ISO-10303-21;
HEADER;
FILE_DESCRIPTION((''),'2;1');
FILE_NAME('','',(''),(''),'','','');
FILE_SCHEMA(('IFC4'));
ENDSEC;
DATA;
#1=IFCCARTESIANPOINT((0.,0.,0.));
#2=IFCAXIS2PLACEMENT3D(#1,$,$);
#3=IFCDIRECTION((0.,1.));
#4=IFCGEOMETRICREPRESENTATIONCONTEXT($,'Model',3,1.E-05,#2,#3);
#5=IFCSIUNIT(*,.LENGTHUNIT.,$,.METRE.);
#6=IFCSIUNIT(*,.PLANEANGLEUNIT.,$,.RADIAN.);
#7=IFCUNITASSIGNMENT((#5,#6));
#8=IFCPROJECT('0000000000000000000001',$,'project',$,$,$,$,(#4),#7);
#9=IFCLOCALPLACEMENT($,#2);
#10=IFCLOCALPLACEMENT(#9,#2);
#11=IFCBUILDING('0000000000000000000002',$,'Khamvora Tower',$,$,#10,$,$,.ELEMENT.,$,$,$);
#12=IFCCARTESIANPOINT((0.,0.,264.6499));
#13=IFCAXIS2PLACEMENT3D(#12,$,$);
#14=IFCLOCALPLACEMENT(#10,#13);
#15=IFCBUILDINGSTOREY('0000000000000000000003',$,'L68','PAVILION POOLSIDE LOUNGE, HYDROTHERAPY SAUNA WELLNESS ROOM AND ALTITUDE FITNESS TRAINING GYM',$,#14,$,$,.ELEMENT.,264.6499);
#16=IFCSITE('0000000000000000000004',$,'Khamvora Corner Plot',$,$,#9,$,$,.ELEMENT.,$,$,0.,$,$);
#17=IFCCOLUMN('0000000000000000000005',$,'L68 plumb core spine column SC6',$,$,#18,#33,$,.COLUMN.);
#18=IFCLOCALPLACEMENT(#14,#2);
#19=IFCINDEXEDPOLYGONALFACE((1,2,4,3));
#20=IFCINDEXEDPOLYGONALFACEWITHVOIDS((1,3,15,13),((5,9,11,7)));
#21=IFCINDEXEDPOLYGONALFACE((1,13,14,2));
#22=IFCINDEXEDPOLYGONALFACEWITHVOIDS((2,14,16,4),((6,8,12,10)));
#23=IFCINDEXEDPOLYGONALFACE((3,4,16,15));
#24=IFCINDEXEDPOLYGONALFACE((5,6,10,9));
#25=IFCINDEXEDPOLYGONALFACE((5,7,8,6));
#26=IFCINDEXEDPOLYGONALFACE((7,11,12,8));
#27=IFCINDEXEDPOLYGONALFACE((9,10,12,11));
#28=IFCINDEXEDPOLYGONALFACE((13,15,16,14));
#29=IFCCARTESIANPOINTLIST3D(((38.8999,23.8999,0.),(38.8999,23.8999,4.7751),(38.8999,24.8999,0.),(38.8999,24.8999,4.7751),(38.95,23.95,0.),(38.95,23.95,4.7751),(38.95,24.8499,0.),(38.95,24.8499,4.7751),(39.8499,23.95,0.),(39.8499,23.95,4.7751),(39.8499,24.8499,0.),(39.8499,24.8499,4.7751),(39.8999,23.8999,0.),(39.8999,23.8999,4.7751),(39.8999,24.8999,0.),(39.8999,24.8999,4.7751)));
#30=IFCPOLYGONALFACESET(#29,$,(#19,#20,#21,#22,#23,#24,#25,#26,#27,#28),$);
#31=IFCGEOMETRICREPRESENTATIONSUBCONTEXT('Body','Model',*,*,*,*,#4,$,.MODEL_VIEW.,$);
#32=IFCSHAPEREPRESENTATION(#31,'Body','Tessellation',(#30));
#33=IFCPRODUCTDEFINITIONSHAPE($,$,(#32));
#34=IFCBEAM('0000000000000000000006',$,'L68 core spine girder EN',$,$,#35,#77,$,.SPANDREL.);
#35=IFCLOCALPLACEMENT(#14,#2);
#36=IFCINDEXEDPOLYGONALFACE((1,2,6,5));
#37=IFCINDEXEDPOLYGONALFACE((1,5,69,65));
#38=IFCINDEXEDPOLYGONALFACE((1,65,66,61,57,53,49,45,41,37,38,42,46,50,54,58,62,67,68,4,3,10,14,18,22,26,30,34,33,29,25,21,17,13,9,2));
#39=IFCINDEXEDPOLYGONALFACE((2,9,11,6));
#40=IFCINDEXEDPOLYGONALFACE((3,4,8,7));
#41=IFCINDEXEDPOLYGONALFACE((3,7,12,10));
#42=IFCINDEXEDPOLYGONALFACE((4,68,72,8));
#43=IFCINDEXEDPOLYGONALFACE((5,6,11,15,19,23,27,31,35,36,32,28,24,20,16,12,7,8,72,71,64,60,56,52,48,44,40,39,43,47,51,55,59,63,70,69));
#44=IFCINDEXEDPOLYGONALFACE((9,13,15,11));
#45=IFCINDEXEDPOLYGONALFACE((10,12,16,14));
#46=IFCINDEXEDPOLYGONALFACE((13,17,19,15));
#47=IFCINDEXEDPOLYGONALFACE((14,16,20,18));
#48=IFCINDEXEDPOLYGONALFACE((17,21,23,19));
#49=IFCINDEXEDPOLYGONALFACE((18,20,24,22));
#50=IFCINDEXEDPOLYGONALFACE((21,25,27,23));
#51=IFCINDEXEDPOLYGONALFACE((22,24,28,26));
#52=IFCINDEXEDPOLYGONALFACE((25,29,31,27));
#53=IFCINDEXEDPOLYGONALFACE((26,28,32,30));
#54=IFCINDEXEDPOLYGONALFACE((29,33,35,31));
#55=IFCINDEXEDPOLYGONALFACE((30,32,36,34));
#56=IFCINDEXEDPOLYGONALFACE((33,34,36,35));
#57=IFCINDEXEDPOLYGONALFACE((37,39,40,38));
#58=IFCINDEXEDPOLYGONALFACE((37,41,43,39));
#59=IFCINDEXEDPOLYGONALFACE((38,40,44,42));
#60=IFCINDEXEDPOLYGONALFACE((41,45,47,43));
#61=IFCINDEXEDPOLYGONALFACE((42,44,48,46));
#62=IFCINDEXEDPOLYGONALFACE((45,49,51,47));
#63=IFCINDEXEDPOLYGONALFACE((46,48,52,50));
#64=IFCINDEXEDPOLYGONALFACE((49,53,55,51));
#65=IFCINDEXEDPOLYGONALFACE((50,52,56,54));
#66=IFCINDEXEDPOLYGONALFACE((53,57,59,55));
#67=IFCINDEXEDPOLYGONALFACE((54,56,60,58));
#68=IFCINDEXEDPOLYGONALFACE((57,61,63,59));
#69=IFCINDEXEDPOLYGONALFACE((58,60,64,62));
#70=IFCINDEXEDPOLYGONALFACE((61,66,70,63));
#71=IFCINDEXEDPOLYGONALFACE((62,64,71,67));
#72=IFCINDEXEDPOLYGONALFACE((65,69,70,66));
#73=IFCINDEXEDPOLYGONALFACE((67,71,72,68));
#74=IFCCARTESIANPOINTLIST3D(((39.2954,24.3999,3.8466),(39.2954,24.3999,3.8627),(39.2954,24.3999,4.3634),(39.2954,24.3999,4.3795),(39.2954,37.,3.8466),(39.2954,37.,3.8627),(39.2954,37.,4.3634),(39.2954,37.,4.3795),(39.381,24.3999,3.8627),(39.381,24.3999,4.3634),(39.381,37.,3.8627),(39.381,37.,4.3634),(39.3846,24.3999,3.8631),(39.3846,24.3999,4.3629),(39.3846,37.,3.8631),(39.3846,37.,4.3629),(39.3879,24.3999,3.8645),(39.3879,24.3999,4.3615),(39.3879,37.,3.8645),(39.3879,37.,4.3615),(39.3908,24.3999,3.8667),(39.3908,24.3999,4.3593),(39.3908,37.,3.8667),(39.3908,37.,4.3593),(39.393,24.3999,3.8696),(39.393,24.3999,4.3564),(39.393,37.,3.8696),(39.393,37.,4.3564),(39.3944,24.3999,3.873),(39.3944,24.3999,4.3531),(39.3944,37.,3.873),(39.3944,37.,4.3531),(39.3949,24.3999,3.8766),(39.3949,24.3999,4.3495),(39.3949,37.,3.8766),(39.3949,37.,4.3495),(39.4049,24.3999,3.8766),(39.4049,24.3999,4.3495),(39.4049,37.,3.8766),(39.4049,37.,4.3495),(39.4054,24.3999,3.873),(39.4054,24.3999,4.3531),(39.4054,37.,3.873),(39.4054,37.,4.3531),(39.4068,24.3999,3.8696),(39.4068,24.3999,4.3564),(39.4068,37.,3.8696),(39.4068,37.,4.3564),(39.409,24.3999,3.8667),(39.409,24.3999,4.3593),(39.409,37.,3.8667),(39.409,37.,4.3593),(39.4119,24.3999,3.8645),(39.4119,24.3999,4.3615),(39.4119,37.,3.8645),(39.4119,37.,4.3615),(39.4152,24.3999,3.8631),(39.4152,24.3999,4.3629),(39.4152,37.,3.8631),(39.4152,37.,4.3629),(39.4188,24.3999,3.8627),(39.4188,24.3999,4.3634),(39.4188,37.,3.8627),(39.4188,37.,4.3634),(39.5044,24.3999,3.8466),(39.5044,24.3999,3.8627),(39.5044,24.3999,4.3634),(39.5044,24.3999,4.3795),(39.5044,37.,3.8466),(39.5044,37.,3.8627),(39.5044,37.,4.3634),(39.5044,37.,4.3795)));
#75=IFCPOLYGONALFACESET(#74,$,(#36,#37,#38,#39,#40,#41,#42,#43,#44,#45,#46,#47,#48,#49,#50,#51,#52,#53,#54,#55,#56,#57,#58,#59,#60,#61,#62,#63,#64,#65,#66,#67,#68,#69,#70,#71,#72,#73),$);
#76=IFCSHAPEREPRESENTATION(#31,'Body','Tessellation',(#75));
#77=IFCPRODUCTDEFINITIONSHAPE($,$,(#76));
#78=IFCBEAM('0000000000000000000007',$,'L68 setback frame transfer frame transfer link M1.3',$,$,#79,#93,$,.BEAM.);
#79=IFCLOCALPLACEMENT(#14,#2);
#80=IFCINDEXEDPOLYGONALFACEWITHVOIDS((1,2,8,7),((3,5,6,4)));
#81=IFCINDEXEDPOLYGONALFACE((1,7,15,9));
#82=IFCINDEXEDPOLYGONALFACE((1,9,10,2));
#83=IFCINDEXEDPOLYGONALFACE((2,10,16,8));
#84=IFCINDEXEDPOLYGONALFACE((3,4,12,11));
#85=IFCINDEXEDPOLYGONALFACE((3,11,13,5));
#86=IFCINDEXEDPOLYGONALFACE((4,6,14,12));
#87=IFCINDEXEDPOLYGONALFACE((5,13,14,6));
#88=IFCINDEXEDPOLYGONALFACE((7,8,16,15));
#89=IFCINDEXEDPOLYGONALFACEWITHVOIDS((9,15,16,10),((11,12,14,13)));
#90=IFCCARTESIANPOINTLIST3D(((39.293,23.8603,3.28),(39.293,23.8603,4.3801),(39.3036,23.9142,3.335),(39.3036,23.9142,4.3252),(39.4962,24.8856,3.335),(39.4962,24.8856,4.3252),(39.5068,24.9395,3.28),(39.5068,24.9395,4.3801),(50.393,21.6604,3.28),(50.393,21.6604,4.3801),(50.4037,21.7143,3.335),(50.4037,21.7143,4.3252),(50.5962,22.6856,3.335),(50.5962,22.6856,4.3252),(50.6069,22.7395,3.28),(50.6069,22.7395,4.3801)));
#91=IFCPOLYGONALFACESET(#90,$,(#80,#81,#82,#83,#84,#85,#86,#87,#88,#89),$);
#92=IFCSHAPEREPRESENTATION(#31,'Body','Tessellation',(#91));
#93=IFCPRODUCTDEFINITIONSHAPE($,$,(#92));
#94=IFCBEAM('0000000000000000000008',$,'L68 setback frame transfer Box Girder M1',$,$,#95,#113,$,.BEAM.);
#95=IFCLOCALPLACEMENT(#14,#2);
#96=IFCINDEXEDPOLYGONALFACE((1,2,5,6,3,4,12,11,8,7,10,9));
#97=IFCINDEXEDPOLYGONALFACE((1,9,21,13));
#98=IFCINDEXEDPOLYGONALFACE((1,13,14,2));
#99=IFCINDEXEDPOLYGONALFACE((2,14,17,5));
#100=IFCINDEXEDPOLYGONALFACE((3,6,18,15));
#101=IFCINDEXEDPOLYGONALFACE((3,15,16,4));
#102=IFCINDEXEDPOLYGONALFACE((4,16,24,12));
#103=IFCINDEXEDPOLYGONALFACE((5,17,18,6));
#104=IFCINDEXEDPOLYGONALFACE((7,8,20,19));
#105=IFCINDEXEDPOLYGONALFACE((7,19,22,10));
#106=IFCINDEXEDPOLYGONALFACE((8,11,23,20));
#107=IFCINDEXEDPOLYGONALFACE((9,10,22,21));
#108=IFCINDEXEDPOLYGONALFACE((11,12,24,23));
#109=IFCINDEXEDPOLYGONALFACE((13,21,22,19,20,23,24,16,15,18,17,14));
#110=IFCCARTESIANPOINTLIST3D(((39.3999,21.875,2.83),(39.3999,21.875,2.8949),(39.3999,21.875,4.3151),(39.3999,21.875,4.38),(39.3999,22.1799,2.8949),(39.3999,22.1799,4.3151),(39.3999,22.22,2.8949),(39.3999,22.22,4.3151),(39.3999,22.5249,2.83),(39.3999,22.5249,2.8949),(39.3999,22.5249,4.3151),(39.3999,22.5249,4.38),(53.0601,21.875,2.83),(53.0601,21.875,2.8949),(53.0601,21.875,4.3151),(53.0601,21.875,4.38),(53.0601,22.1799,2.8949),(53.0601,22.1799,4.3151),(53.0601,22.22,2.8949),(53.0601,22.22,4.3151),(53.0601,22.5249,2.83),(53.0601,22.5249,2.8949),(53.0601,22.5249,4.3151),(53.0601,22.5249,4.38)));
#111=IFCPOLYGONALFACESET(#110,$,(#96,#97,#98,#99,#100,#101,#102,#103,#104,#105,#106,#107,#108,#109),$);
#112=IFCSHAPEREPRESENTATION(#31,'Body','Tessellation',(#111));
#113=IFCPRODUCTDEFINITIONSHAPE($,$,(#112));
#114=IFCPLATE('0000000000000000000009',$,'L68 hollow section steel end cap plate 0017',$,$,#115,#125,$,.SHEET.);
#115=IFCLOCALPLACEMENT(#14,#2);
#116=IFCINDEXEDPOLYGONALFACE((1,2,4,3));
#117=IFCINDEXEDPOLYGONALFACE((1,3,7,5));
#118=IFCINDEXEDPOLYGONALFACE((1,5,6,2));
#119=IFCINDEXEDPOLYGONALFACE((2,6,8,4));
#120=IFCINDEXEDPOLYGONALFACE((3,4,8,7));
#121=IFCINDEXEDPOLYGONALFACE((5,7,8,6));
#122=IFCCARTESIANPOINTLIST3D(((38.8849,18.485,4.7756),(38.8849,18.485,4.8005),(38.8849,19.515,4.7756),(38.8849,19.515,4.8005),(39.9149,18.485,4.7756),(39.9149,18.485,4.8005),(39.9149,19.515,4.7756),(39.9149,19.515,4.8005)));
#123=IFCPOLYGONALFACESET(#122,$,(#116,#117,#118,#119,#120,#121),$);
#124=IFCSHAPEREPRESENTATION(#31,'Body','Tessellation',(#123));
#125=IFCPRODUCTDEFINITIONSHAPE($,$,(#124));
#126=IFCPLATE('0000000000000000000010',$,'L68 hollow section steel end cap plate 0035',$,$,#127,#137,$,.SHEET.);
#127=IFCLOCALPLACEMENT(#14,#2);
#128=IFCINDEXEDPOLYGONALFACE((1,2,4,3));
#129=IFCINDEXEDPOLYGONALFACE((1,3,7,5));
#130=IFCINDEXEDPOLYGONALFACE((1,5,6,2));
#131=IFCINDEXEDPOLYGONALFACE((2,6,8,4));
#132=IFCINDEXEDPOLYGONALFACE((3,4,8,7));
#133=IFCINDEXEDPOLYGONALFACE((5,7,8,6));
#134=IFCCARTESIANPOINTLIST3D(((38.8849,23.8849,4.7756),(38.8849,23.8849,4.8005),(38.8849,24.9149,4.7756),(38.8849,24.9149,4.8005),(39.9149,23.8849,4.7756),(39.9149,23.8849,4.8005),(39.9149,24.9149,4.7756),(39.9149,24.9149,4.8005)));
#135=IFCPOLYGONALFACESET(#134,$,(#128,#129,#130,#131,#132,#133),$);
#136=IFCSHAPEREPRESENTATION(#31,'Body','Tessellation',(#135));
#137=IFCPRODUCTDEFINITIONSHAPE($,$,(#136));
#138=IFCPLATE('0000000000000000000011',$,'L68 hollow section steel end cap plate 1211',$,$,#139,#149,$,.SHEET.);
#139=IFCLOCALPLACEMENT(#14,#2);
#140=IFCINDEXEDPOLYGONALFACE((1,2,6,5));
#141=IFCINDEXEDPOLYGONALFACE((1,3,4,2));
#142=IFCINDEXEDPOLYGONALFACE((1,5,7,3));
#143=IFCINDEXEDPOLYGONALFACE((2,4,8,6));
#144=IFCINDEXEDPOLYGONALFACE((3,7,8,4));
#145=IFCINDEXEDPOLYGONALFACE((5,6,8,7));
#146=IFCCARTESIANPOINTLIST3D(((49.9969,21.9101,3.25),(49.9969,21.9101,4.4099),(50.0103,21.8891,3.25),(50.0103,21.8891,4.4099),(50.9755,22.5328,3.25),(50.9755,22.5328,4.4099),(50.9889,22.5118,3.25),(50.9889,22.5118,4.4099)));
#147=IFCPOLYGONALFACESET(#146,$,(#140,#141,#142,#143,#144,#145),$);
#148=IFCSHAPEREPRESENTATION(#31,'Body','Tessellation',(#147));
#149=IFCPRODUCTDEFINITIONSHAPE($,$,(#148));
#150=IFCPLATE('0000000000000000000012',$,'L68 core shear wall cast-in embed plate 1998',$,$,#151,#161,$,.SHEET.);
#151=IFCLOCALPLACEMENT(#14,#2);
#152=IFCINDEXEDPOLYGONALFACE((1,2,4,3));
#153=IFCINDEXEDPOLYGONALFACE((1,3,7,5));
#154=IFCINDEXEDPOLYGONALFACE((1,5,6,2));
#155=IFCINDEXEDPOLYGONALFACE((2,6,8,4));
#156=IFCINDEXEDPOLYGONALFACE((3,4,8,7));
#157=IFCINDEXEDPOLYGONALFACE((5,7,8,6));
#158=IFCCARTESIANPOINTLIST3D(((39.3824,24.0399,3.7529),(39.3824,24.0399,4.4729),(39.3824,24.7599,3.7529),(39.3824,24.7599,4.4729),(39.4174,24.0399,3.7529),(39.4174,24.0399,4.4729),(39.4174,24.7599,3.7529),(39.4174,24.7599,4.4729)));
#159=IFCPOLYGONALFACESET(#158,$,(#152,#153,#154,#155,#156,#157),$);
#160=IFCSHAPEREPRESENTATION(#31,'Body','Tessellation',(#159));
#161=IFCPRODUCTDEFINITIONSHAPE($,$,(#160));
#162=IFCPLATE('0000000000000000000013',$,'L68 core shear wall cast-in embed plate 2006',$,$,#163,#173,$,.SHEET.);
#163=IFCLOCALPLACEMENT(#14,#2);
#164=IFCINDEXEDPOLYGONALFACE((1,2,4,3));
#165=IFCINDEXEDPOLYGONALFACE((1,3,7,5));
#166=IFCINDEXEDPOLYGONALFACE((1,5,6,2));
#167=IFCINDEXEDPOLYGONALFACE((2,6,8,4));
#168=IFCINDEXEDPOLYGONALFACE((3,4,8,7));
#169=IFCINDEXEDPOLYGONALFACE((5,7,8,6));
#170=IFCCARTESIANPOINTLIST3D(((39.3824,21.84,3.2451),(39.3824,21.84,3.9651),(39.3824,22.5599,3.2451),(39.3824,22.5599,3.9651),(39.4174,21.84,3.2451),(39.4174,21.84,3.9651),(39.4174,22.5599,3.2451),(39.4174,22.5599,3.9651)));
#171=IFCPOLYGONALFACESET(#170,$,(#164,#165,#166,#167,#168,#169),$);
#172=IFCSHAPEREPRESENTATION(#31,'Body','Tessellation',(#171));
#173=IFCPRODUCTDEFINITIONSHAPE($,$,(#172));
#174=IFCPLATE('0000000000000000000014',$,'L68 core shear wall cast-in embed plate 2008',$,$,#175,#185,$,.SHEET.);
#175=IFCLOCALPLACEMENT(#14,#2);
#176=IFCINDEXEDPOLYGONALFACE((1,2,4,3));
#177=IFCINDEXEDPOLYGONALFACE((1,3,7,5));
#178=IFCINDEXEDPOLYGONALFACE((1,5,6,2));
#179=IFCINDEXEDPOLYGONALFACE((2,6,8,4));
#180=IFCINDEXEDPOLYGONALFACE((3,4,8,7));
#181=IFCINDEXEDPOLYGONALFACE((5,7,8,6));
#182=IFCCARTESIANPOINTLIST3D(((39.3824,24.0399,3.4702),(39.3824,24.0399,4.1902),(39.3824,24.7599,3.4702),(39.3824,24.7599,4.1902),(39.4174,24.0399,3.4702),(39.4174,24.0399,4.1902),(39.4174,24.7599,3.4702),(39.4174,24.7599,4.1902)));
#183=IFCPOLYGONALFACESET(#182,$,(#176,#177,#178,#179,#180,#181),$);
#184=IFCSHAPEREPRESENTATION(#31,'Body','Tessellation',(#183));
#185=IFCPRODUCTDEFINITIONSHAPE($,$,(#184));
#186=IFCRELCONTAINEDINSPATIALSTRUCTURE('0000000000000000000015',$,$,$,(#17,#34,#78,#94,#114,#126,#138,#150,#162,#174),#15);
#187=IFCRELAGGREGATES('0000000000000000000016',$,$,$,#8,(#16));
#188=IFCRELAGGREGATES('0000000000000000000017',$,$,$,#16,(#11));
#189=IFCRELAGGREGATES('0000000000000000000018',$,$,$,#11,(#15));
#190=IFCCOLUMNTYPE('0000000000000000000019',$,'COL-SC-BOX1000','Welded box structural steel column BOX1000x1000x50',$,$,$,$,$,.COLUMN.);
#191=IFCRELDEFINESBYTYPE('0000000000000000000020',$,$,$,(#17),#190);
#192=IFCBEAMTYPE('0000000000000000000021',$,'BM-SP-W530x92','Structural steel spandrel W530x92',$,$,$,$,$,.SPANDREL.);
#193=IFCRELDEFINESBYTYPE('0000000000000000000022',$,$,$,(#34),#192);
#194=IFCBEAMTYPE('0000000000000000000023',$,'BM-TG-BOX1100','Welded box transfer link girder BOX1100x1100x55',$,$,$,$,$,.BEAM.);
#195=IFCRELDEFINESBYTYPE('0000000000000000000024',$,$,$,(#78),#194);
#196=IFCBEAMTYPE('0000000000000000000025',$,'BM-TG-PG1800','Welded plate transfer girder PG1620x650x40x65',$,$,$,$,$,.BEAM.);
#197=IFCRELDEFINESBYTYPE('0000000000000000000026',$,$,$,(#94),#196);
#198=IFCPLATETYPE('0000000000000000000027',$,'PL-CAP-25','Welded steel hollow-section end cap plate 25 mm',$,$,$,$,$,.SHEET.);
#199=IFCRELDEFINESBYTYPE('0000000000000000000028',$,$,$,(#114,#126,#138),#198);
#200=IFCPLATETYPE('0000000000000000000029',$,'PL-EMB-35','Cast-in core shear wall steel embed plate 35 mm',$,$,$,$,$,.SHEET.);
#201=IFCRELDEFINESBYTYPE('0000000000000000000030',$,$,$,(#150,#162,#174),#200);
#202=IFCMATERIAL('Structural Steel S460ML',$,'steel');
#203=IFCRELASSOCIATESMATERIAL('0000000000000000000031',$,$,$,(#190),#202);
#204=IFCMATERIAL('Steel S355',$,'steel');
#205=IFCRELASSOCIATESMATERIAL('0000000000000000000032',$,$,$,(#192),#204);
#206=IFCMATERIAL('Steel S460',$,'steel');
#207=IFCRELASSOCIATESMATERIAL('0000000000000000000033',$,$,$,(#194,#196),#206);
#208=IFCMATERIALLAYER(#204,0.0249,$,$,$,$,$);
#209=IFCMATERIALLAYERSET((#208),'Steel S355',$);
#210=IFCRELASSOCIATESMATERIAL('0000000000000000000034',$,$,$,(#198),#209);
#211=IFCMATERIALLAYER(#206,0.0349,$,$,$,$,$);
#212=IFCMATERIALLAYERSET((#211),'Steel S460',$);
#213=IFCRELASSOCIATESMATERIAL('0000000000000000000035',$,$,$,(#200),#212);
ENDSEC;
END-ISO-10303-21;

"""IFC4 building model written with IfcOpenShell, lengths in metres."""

from ifc_helpers import new_model, si_unit, direction, frame, origin, origin_2d, place, context, subcontext, project, spatial, rectangle, hollow_rectangle, i_section, extrude, material, layer, layer_set, material_profile, profile_set, type_object, element, save


model = new_model("IFC4")

# Units and contexts
model_context = context("Model", 3, precision=1e-05, world=origin(), true_north=direction((0.0, 1.0)))
body_context = subcontext(model_context, "Body", "Model", "MODEL_VIEW")
ifc_project = project(units=[si_unit("LENGTHUNIT", "METRE"), si_unit("PLANEANGLEUNIT", "RADIAN")], contexts=[model_context])

# Site, building, storey
site_placement = place(None, origin())
site = spatial("IfcSite", under=ifc_project, at=site_placement, Name="Khamvora Corner Plot", CompositionType="ELEMENT", RefElevation=0.0)
building_placement = place(site_placement, origin())
building = spatial("IfcBuilding", under=site, at=building_placement, Name="Khamvora Tower", CompositionType="ELEMENT")
storey_placement = place(building_placement, frame((0.0, 0.0, 264.6499)))
storey = spatial("IfcBuildingStorey", under=building, at=storey_placement, Name="L68", Description="PAVILION POOLSIDE LOUNGE, HYDROTHERAPY SAUNA WELLNESS ROOM AND ALTITUDE FITNESS TRAINING GYM", CompositionType="ELEMENT", Elevation=264.6499)

# Column
ifc_material_1 = material(Name="Structural Steel S460ML", Category="steel")
ifc_material_profile_1 = material_profile(ifc_material_1, hollow_rectangle(XDim=1.0, YDim=1.0, WallThickness=0.05, at=origin_2d()), Name="BOX1000x1000x50")
ifc_profile_set_1 = profile_set([ifc_material_profile_1], Name="Structural Steel S460ML")
column_type = type_object("IfcColumnType", Name="COL-SC-BOX1000", Description="Welded box structural steel column BOX1000x1000x50", PredefinedType="COLUMN", material=ifc_profile_set_1)
column_placement = place(storey_placement, frame((39.3999, 24.3999, 0.0), z_axis=(0.0, 0.0, 1.0), x_axis=(1.0, 0.0, 0.0)))
element("IfcColumn", 1, at=column_placement, inside=storey, type_object=column_type, Name="L68 plumb core spine column SC6", PredefinedType="COLUMN", context=body_context, shape_type="SweptSolid", body=[
    extrude(hollow_rectangle(XDim=1.0, YDim=1.0, WallThickness=0.05, at=origin_2d()), origin(), (0.0, 0.0, 1.0), 4.7751),
])

# Beams
ifc_material_2 = material(Name="Steel S355", Category="steel")
ifc_material_profile_2 = material_profile(ifc_material_2, i_section(OverallWidth=0.209, OverallDepth=0.533, WebThickness=0.01, FlangeThickness=0.0161, FilletRadius=0.0139, at=origin_2d()), Name="W530x92")
ifc_profile_set_2 = profile_set([ifc_material_profile_2], Name="Steel S355")
beam_type_1 = type_object("IfcBeamType", Name="BM-SP-W530x92", Description="Structural steel spandrel W530x92", PredefinedType="SPANDREL", material=ifc_profile_set_2)
beam_1_placement = place(storey_placement, frame((39.3999, 24.3999, 4.113), z_axis=(0.0, 1.0, 0.0), x_axis=(-1.0, 0.0, 0.0)))
element("IfcBeam", 2, at=beam_1_placement, inside=storey, type_object=beam_type_1, Name="L68 core spine girder EN", PredefinedType="SPANDREL", context=body_context, shape_type="SweptSolid", body=[
    extrude(i_section(OverallWidth=0.209, OverallDepth=0.533, WebThickness=0.01, FlangeThickness=0.0161, FilletRadius=0.0139, at=origin_2d()), origin(), (0.0, 0.0, 1.0), 12.6001),
])
ifc_material_3 = material(Name="Steel S460", Category="steel")
ifc_material_profile_3 = material_profile(ifc_material_3, hollow_rectangle(XDim=1.1001, YDim=1.1001, WallThickness=0.0549, at=origin_2d()), Name="BOX1100x1100x55")
ifc_profile_set_3 = profile_set([ifc_material_profile_3], Name="Steel S460")
beam_type_2 = type_object("IfcBeamType", Name="BM-TG-BOX1100", Description="Welded box transfer link girder BOX1100x1100x55", PredefinedType="BEAM", material=ifc_profile_set_3)
beam_2_placement = place(storey_placement, frame((39.3999, 24.3999, 3.8301), z_axis=(0.98092, -0.194411, 0.0), x_axis=(0.194411, 0.98092, 0.0)))
element("IfcBeam", 3, at=beam_2_placement, inside=storey, type_object=beam_type_2, Name="L68 setback frame transfer frame transfer link M1.3", PredefinedType="BEAM", context=body_context, shape_type="SweptSolid", body=[
    extrude(hollow_rectangle(XDim=1.1001, YDim=1.1001, WallThickness=0.0549, at=origin_2d()), origin(), (0.0, 0.0, 1.0), 11.3159),
])
ifc_material_profile_4 = material_profile(ifc_material_3, i_section(OverallWidth=0.6499, OverallDepth=1.55, WebThickness=0.04, FlangeThickness=0.0649, at=origin_2d()), Name="PG1550x650x40x65")
ifc_profile_set_4 = profile_set([ifc_material_profile_4], Name="Steel S460")
beam_type_3 = type_object("IfcBeamType", Name="BM-TG-PG1800", Description="Welded plate transfer girder PG1620x650x40x65", PredefinedType="BEAM", material=ifc_profile_set_4)
beam_3_placement = place(storey_placement, frame((39.3999, 22.2, 3.605), z_axis=(1.0, 0.0, 0.0), x_axis=(0.0, 1.0, 0.0)))
element("IfcBeam", 4, at=beam_3_placement, inside=storey, type_object=beam_type_3, Name="L68 setback frame transfer Box Girder M1", PredefinedType="BEAM", context=body_context, shape_type="SweptSolid", body=[
    extrude(i_section(OverallWidth=0.6499, OverallDepth=1.55, WebThickness=0.04, FlangeThickness=0.0649, at=origin_2d()), origin(), (0.0, 0.0, 1.0), 13.6602),
])

# Plates
ifc_layer_1 = layer(ifc_material_2, 0.0249)
ifc_layer_set_1 = layer_set([ifc_layer_1], Name="Steel S355")
plate_type_1 = type_object("IfcPlateType", Name="PL-CAP-25", Description="Welded steel hollow-section end cap plate 25 mm", PredefinedType="SHEET", material=ifc_layer_set_1)
for number, where, z_axis, x_axis, name in (
    (5, (39.3999, 19.0, 4.7756), (0.0, 0.0, 1.0), (1.0, 0.0, 0.0), "L68 hollow section steel end cap plate 0017"),
    (6, (39.3999, 24.3999, 4.7756), (0.0, 0.0, 1.0), (1.0, 0.0, 0.0), "L68 hollow section steel end cap plate 0035"),
):
    element("IfcPlate", number, at=place(storey_placement, frame(where, z_axis=z_axis, x_axis=x_axis)), inside=storey, type_object=plate_type_1, Name=name, PredefinedType="SHEET", context=body_context, shape_type="SweptSolid", body=[
        extrude(rectangle(XDim=1.03, YDim=1.03, at=origin_2d()), origin(), (0.0, 0.0, 1.0), 0.0249),
    ])
plate_placement = place(storey_placement, frame((50.4929, 22.2109, 3.25), z_axis=(0.0, 0.0, 1.0), x_axis=(-0.536873, 0.843663, 0.0)))
element("IfcPlate", 7, at=plate_placement, inside=storey, type_object=plate_type_1, Name="L68 hollow section steel end cap plate 1211", PredefinedType="SHEET", context=body_context, shape_type="SweptSolid", body=[
    extrude(rectangle(XDim=0.0249, YDim=1.1599, at=origin_2d()), origin(), (0.0, 0.0, 1.0), 1.1599),
])
ifc_layer_2 = layer(ifc_material_3, 0.0349)
ifc_layer_set_2 = layer_set([ifc_layer_2], Name="Steel S460")
plate_type_2 = type_object("IfcPlateType", Name="PL-EMB-35", Description="Cast-in core shear wall steel embed plate 35 mm", PredefinedType="SHEET", material=ifc_layer_set_2)
for number, where, z_axis, x_axis, name in (
    (8, (39.3999, 24.3999, 3.7529), (0.0, 0.0, 1.0), (1.0, 0.0, 0.0), "L68 core shear wall cast-in embed plate 1998"),
    (9, (39.3999, 22.2, 3.2451), (0.0, 0.0, 1.0), (1.0, 0.0, 0.0), "L68 core shear wall cast-in embed plate 2006"),
    (10, (39.3999, 24.3999, 3.4702), (0.0, 0.0, 1.0), (1.0, 0.0, 0.0), "L68 core shear wall cast-in embed plate 2008"),
):
    element("IfcPlate", number, at=place(storey_placement, frame(where, z_axis=z_axis, x_axis=x_axis)), inside=storey, type_object=plate_type_2, Name=name, PredefinedType="SHEET", context=body_context, shape_type="SweptSolid", body=[
        extrude(rectangle(XDim=0.0349, YDim=0.72, at=origin_2d()), origin(), (0.0, 0.0, 1.0), 0.72),
    ])

save(model, "model.ifc")
